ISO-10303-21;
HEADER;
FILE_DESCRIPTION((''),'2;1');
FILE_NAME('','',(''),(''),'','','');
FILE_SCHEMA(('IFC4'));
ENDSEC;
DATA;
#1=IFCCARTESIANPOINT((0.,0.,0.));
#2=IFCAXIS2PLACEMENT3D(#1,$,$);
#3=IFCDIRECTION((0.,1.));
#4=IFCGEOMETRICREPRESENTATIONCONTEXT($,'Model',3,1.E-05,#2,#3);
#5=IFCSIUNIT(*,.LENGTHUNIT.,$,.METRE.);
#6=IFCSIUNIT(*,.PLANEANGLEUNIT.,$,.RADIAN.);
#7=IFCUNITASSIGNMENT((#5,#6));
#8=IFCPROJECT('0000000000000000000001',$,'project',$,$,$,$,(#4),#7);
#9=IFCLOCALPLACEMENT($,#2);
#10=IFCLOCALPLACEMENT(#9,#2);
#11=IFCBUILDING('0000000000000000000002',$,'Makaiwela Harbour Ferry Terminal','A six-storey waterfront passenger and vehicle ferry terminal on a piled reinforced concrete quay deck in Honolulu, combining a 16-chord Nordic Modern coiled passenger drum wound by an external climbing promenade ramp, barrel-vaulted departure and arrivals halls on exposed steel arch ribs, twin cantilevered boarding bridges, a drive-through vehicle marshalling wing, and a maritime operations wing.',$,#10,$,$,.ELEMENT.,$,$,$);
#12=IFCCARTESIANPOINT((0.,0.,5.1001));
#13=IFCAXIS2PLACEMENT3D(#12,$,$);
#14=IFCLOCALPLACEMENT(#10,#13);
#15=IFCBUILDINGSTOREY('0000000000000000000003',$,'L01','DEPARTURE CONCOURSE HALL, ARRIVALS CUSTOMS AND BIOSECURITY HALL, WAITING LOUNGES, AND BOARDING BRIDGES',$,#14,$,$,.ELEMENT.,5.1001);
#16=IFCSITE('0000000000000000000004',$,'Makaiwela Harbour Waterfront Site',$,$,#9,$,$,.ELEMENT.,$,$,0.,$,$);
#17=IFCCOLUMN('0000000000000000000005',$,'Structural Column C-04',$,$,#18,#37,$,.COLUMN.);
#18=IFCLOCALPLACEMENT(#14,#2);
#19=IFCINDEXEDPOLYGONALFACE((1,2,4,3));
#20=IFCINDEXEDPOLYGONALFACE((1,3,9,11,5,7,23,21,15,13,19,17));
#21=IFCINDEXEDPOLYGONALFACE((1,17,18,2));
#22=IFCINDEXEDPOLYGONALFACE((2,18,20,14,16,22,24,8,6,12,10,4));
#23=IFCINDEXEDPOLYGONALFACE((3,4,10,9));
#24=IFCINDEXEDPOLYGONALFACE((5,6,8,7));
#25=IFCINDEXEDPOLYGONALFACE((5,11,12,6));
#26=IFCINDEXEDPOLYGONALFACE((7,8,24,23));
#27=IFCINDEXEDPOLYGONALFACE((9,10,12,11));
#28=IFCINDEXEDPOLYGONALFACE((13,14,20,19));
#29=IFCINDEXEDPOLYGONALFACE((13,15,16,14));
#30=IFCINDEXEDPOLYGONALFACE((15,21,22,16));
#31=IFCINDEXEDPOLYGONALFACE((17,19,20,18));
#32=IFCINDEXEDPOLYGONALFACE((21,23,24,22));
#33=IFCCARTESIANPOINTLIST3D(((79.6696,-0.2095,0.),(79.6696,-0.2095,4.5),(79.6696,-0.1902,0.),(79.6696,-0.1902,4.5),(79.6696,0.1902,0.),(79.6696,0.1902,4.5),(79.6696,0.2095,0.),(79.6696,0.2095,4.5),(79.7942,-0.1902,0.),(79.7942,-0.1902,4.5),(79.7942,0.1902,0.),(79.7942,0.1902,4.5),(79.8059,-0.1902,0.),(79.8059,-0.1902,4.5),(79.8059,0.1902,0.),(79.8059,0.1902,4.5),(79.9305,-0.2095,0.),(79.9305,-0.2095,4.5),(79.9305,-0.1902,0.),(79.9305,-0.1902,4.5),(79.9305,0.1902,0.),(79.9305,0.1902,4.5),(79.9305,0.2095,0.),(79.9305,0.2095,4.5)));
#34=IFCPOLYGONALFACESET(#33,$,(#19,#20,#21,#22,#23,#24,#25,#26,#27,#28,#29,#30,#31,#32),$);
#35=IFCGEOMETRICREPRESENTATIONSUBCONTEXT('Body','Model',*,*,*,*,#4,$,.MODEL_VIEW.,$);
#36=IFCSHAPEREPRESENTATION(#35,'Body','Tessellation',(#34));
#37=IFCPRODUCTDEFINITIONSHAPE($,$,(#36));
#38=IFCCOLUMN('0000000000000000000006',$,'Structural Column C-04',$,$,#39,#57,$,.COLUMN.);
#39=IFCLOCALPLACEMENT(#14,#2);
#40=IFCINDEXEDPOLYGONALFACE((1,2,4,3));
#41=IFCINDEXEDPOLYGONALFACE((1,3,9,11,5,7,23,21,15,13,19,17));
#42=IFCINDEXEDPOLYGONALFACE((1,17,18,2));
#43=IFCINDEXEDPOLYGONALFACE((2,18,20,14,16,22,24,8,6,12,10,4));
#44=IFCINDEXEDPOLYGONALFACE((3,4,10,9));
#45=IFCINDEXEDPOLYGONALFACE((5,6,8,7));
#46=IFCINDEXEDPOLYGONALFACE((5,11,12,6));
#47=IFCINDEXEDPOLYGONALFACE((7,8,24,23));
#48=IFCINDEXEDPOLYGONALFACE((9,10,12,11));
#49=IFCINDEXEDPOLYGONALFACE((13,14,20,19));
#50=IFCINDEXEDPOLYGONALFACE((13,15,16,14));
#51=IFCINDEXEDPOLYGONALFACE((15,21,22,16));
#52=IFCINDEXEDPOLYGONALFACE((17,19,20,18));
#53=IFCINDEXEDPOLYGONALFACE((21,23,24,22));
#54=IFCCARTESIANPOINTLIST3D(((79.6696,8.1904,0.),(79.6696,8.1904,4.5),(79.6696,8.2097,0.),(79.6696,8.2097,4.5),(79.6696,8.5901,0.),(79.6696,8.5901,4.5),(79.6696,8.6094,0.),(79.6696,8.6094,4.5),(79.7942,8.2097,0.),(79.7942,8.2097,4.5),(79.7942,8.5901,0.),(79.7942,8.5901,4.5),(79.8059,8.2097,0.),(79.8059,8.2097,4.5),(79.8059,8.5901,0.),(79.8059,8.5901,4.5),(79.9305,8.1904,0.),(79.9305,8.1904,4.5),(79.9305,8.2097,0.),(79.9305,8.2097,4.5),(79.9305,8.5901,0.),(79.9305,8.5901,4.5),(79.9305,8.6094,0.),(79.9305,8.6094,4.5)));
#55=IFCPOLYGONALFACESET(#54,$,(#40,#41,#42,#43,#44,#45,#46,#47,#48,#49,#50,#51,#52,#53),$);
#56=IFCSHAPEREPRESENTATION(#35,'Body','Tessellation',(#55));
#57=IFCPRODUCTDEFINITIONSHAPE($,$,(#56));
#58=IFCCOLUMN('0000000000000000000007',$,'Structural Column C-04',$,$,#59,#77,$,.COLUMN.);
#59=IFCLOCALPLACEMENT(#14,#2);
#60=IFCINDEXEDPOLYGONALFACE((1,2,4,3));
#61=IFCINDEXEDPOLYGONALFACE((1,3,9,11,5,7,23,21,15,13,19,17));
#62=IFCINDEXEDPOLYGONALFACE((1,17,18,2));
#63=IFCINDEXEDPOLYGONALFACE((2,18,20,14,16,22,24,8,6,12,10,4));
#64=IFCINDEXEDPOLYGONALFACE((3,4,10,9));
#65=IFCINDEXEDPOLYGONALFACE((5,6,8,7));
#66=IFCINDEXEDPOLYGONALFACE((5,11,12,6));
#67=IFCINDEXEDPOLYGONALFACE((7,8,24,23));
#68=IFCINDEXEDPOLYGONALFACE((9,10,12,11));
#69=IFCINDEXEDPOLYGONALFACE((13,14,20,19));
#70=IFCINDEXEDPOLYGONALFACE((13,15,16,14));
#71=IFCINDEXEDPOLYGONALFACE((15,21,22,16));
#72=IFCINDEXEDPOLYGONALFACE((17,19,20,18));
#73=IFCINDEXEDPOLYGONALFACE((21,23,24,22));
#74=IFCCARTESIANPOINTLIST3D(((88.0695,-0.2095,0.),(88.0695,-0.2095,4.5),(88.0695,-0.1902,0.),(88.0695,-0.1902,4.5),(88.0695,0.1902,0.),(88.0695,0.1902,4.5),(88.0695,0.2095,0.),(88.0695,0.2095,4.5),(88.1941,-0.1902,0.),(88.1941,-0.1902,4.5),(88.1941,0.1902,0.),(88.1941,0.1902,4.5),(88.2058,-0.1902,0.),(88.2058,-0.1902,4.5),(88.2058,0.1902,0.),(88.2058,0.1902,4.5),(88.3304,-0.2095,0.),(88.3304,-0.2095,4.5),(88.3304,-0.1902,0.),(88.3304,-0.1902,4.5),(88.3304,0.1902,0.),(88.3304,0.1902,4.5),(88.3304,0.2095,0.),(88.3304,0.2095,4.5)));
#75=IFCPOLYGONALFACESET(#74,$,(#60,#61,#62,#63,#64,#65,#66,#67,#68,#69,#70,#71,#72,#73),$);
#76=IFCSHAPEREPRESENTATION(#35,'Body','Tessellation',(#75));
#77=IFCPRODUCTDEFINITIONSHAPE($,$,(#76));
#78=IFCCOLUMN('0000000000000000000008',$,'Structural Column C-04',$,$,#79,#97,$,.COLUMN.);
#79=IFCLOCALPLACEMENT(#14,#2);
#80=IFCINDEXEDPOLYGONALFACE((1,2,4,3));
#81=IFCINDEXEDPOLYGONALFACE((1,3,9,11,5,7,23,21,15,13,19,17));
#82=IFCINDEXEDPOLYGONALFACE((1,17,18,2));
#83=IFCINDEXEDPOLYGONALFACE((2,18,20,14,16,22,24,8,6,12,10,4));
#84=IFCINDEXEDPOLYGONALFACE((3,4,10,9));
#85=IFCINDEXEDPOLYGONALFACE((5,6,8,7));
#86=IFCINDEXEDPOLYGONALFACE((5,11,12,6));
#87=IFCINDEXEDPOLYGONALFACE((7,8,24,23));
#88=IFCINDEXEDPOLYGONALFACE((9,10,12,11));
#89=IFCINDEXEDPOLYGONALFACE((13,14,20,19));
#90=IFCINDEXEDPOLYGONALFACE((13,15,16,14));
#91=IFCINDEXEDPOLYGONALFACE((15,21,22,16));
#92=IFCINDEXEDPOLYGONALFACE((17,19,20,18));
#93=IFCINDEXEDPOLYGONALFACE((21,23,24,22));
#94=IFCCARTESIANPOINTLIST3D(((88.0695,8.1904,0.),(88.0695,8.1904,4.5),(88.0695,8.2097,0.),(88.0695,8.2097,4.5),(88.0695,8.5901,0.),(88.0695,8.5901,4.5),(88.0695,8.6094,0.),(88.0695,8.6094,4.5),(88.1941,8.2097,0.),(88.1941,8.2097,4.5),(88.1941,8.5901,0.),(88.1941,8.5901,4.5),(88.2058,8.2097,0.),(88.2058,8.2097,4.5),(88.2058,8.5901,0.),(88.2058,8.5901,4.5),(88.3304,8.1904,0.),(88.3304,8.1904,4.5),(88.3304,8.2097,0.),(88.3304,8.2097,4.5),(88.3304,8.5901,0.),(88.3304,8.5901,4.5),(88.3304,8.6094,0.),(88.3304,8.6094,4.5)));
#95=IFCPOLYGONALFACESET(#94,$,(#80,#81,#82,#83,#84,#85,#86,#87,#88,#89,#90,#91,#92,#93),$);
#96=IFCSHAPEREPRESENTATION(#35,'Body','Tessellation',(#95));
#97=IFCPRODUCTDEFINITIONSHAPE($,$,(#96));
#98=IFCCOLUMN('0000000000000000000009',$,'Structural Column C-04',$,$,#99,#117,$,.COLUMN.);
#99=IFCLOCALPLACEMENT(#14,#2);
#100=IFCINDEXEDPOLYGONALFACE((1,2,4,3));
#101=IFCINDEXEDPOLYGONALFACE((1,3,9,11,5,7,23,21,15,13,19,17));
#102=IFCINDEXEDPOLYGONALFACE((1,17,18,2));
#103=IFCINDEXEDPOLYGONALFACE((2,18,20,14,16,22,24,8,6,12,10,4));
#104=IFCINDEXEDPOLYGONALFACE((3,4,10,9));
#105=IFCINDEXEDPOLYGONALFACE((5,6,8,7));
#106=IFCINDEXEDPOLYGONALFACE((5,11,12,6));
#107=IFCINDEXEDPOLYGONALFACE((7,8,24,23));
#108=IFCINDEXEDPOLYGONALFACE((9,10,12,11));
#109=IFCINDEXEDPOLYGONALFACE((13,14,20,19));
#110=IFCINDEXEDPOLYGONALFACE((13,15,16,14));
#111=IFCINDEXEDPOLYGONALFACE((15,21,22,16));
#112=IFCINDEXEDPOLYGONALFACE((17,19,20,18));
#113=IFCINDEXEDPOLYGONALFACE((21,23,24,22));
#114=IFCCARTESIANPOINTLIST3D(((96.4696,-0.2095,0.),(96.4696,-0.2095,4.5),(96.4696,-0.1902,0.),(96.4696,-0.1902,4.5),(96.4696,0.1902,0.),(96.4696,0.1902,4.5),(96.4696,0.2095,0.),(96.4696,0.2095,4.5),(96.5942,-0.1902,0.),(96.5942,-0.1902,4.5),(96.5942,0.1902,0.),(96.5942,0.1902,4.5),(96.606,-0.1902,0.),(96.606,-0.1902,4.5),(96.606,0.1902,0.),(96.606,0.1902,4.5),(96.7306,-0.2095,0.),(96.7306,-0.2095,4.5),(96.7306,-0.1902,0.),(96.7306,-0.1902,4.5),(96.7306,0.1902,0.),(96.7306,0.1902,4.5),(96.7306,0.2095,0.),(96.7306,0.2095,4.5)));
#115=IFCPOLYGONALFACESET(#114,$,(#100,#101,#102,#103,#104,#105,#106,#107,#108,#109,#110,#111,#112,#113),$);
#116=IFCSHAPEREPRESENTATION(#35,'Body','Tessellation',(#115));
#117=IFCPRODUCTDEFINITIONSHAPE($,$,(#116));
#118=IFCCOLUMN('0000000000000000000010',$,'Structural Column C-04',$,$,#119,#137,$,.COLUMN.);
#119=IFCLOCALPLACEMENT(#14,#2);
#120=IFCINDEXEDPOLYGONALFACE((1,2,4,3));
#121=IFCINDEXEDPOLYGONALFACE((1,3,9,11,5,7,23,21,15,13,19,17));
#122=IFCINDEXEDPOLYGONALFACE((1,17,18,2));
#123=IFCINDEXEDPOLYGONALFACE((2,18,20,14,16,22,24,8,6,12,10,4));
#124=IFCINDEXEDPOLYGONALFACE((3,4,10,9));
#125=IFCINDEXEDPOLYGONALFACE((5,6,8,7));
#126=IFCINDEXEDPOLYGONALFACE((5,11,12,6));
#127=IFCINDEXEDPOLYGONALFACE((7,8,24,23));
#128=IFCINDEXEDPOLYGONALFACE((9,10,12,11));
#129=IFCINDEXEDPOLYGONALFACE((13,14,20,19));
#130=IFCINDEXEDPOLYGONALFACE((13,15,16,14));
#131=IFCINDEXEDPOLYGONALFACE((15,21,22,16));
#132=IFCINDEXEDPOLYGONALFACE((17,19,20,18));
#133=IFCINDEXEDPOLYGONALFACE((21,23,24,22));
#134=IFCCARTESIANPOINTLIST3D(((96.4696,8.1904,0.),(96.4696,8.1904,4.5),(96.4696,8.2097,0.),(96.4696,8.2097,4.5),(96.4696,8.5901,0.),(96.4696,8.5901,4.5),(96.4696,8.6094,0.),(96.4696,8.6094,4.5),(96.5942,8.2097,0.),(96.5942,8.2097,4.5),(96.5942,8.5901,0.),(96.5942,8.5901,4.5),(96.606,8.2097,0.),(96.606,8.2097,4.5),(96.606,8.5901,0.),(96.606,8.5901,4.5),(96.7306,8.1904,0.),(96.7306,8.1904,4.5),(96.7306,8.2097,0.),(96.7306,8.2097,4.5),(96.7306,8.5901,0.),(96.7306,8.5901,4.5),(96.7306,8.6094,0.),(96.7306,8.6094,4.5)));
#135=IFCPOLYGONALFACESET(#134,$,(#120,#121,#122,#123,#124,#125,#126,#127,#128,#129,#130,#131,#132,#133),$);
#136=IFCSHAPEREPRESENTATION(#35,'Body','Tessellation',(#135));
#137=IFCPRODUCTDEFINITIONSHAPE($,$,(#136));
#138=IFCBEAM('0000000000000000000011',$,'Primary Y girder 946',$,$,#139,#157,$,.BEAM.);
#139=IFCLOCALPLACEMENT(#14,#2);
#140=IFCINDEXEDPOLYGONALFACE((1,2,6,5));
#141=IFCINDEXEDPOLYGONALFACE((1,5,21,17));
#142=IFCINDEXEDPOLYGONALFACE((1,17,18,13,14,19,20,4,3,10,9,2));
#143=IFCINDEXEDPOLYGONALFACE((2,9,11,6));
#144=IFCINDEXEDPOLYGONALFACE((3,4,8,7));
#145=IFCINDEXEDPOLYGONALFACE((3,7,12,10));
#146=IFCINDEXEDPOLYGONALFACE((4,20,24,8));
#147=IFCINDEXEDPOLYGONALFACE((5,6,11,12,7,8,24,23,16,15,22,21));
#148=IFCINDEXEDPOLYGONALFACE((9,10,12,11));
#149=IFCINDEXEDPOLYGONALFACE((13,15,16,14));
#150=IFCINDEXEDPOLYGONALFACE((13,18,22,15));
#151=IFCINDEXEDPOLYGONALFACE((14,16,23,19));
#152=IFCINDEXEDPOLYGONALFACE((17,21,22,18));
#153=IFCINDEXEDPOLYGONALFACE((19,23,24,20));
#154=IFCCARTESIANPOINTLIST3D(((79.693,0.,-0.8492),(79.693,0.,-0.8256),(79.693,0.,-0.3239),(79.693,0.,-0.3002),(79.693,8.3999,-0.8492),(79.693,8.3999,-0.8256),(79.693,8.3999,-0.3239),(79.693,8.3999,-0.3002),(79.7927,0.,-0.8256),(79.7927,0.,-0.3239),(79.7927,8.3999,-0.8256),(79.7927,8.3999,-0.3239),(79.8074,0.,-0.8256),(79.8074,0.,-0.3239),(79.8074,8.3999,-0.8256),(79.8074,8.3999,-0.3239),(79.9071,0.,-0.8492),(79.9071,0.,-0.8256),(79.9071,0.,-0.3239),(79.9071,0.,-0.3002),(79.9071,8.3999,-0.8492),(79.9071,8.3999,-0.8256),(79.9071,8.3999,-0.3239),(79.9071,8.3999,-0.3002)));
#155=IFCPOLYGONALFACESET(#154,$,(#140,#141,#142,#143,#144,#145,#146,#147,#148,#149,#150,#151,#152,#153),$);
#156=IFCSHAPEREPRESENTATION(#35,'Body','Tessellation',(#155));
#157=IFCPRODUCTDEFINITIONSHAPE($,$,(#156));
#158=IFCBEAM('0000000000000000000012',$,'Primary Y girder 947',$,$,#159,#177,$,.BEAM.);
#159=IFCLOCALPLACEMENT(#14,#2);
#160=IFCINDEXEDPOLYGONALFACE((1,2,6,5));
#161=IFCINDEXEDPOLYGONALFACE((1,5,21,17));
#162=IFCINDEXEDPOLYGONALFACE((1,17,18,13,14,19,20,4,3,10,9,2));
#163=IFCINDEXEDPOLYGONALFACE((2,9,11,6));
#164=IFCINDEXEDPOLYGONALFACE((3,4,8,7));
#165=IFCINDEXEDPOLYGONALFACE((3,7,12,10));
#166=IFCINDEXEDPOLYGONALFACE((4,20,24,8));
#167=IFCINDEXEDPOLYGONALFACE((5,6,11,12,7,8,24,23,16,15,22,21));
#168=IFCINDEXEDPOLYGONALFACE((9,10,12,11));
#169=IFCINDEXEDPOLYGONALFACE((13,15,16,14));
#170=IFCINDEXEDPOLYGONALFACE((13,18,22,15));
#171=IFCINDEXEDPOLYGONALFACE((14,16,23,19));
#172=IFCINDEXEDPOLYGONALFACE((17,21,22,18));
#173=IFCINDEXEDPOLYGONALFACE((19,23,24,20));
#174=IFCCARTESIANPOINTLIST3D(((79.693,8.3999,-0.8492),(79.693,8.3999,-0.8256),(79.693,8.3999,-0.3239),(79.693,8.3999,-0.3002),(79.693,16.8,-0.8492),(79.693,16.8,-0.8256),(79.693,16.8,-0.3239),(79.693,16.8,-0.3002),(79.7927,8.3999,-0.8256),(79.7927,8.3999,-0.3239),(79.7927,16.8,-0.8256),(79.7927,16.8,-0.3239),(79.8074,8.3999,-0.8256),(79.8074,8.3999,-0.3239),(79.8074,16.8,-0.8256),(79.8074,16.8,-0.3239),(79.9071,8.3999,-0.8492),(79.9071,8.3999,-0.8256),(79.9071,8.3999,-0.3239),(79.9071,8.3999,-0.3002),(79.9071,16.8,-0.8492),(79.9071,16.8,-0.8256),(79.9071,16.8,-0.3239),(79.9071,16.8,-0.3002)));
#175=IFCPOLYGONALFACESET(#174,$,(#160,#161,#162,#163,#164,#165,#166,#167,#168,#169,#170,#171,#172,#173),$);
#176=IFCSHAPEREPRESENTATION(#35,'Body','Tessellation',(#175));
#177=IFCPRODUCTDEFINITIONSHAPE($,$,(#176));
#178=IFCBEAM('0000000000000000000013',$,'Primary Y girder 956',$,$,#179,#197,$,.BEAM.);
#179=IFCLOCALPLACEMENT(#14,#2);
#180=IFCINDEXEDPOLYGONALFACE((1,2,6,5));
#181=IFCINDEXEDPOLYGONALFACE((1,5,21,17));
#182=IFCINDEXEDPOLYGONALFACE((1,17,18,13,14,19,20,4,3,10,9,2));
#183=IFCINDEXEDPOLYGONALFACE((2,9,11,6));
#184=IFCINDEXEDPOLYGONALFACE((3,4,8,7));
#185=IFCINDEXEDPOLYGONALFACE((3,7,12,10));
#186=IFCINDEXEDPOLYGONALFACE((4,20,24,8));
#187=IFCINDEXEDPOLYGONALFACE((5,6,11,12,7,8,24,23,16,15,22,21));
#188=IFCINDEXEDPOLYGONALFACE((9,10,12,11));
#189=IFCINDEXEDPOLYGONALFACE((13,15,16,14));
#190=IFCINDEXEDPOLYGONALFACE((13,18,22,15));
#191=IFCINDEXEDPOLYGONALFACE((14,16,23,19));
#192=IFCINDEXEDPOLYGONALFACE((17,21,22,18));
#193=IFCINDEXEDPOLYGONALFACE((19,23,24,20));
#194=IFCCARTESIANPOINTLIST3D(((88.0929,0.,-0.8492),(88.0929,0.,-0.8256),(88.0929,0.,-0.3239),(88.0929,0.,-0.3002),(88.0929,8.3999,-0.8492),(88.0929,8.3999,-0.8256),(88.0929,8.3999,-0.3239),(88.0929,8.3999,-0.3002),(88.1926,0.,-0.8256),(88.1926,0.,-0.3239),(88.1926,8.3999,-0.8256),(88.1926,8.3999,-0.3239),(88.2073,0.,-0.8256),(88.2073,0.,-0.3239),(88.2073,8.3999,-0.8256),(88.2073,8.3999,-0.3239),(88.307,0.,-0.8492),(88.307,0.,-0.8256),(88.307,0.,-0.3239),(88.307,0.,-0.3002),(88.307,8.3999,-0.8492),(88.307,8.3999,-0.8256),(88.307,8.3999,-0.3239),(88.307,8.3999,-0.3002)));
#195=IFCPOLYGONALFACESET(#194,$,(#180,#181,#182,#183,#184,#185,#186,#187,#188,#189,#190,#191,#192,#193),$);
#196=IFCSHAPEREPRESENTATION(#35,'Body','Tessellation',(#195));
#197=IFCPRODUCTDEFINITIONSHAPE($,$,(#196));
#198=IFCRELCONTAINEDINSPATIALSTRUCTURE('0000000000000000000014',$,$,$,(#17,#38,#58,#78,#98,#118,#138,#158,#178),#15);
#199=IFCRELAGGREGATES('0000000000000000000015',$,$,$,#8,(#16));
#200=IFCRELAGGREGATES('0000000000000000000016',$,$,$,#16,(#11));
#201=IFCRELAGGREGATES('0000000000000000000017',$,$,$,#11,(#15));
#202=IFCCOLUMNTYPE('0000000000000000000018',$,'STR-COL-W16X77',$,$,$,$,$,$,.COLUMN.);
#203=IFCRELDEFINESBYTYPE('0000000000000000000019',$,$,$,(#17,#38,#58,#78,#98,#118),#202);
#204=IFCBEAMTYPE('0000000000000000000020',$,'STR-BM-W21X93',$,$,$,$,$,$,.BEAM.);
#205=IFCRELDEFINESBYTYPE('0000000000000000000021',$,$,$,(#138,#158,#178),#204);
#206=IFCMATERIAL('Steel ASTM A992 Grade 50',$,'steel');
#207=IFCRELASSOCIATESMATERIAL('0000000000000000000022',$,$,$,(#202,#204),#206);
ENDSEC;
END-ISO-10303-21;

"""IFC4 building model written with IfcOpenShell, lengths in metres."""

from ifc_helpers import new_model, si_unit, direction, frame, origin, origin_2d, place, context, subcontext, project, spatial, i_section, extrude, material, material_profile, profile_set, type_object, element, save


model = new_model("IFC4")

# Units and contexts
model_context = context("Model", 3, precision=1e-05, world=origin(), true_north=direction((0.0, 1.0)))
body_context = subcontext(model_context, "Body", "Model", "MODEL_VIEW")
ifc_project = project(units=[si_unit("LENGTHUNIT", "METRE"), si_unit("PLANEANGLEUNIT", "RADIAN")], contexts=[model_context])

# Site, building, storey
site_placement = place(None, origin())
site = spatial("IfcSite", under=ifc_project, at=site_placement, Name="Makaiwela Harbour Waterfront Site", CompositionType="ELEMENT", RefElevation=0.0)
building_placement = place(site_placement, origin())
building = spatial("IfcBuilding", under=site, at=building_placement, Name="Makaiwela Harbour Ferry Terminal", Description="A six-storey waterfront passenger and vehicle ferry terminal on a piled reinforced concrete quay deck in Honolulu, combining a 16-chord Nordic Modern coiled passenger drum wound by an external climbing promenade ramp, barrel-vaulted departure and arrivals halls on exposed steel arch ribs, twin cantilevered boarding bridges, a drive-through vehicle marshalling wing, and a maritime operations wing.", CompositionType="ELEMENT")
storey_placement = place(building_placement, frame((0.0, 0.0, 5.1001)))
storey = spatial("IfcBuildingStorey", under=building, at=storey_placement, Name="L01", Description="DEPARTURE CONCOURSE HALL, ARRIVALS CUSTOMS AND BIOSECURITY HALL, WAITING LOUNGES, AND BOARDING BRIDGES", CompositionType="ELEMENT", Elevation=5.1001)

# Columns
ifc_material_1 = material(Name="Steel ASTM A992 Grade 50", Category="steel")
ifc_material_profile_1 = material_profile(ifc_material_1, i_section(OverallWidth=0.261, OverallDepth=0.4189, WebThickness=0.0117, FlangeThickness=0.0193, at=origin_2d()), Name="W16X77")
ifc_profile_set_1 = profile_set([ifc_material_profile_1], Name="Steel ASTM A992 Grade 50")
column_type = type_object("IfcColumnType", Name="STR-COL-W16X77", PredefinedType="COLUMN", material=ifc_profile_set_1)
for number, where, z_axis, x_axis, name in (
    (1, (79.8, 0.0, 0.0), (0.0, 0.0, 1.0), (1.0, 0.0, 0.0), "Structural Column C-04"),
    (2, (79.8, 8.3999, 0.0), (0.0, 0.0, 1.0), (1.0, 0.0, 0.0), "Structural Column C-04"),
    (3, (88.2, 0.0, 0.0), (0.0, 0.0, 1.0), (1.0, 0.0, 0.0), "Structural Column C-04"),
    (4, (88.2, 8.3999, 0.0), (0.0, 0.0, 1.0), (1.0, 0.0, 0.0), "Structural Column C-04"),
    (5, (96.6001, 0.0, 0.0), (0.0, 0.0, 1.0), (1.0, 0.0, 0.0), "Structural Column C-04"),
    (6, (96.6001, 8.3999, 0.0), (0.0, 0.0, 1.0), (1.0, 0.0, 0.0), "Structural Column C-04"),
):
    element("IfcColumn", number, at=place(storey_placement, frame(where, z_axis=z_axis, x_axis=x_axis)), inside=storey, type_object=column_type, Name=name, PredefinedType="COLUMN", context=body_context, shape_type="SweptSolid", body=[
        extrude(i_section(OverallWidth=0.261, OverallDepth=0.4189, WebThickness=0.0117, FlangeThickness=0.0193, at=origin_2d()), origin(), (0.0, 0.0, 1.0), 4.5),
    ])

# Beams
ifc_material_profile_2 = material_profile(ifc_material_1, i_section(OverallWidth=0.2141, OverallDepth=0.5491, WebThickness=0.0146, FlangeThickness=0.0237, at=origin_2d()), Name="W21X93")
ifc_profile_set_2 = profile_set([ifc_material_profile_2], Name="Steel ASTM A992 Grade 50")
beam_type_1 = type_object("IfcBeamType", Name="STR-BM-W21X93", PredefinedType="BEAM", material=ifc_profile_set_2)
beam_1_placement = place(storey_placement, frame((79.8, 0.0, -0.5747), z_axis=(0.0, 1.0, 0.0), x_axis=(-1.0, 0.0, 0.0)))
element("IfcBeam", 7, at=beam_1_placement, inside=storey, type_object=beam_type_1, Name="Primary Y girder 946", PredefinedType="BEAM", context=body_context, shape_type="SweptSolid", body=[
    extrude(i_section(OverallWidth=0.2141, OverallDepth=0.5491, WebThickness=0.0146, FlangeThickness=0.0237, at=origin_2d()), origin(), (0.0, 0.0, 1.0), 8.3999),
])
beam_2_placement = place(storey_placement, frame((79.8, 8.3999, -0.5747), z_axis=(0.0, 1.0, 0.0), x_axis=(-1.0, 0.0, 0.0)))
element("IfcBeam", 8, at=beam_2_placement, inside=storey, type_object=beam_type_1, Name="Primary Y girder 947", PredefinedType="BEAM", context=body_context, shape_type="SweptSolid", body=[
    extrude(i_section(OverallWidth=0.2141, OverallDepth=0.5491, WebThickness=0.0146, FlangeThickness=0.0237, at=origin_2d()), origin(), (0.0, 0.0, 1.0), 8.4001),
])
beam_3_placement = place(storey_placement, frame((88.2, 0.0, -0.5747), z_axis=(0.0, 1.0, 0.0), x_axis=(-1.0, 0.0, 0.0)))
element("IfcBeam", 9, at=beam_3_placement, inside=storey, type_object=beam_type_1, Name="Primary Y girder 956", PredefinedType="BEAM", context=body_context, shape_type="SweptSolid", body=[
    extrude(i_section(OverallWidth=0.2141, OverallDepth=0.5491, WebThickness=0.0146, FlangeThickness=0.0237, at=origin_2d()), origin(), (0.0, 0.0, 1.0), 8.3999),
])

save(model, "model.ifc")
